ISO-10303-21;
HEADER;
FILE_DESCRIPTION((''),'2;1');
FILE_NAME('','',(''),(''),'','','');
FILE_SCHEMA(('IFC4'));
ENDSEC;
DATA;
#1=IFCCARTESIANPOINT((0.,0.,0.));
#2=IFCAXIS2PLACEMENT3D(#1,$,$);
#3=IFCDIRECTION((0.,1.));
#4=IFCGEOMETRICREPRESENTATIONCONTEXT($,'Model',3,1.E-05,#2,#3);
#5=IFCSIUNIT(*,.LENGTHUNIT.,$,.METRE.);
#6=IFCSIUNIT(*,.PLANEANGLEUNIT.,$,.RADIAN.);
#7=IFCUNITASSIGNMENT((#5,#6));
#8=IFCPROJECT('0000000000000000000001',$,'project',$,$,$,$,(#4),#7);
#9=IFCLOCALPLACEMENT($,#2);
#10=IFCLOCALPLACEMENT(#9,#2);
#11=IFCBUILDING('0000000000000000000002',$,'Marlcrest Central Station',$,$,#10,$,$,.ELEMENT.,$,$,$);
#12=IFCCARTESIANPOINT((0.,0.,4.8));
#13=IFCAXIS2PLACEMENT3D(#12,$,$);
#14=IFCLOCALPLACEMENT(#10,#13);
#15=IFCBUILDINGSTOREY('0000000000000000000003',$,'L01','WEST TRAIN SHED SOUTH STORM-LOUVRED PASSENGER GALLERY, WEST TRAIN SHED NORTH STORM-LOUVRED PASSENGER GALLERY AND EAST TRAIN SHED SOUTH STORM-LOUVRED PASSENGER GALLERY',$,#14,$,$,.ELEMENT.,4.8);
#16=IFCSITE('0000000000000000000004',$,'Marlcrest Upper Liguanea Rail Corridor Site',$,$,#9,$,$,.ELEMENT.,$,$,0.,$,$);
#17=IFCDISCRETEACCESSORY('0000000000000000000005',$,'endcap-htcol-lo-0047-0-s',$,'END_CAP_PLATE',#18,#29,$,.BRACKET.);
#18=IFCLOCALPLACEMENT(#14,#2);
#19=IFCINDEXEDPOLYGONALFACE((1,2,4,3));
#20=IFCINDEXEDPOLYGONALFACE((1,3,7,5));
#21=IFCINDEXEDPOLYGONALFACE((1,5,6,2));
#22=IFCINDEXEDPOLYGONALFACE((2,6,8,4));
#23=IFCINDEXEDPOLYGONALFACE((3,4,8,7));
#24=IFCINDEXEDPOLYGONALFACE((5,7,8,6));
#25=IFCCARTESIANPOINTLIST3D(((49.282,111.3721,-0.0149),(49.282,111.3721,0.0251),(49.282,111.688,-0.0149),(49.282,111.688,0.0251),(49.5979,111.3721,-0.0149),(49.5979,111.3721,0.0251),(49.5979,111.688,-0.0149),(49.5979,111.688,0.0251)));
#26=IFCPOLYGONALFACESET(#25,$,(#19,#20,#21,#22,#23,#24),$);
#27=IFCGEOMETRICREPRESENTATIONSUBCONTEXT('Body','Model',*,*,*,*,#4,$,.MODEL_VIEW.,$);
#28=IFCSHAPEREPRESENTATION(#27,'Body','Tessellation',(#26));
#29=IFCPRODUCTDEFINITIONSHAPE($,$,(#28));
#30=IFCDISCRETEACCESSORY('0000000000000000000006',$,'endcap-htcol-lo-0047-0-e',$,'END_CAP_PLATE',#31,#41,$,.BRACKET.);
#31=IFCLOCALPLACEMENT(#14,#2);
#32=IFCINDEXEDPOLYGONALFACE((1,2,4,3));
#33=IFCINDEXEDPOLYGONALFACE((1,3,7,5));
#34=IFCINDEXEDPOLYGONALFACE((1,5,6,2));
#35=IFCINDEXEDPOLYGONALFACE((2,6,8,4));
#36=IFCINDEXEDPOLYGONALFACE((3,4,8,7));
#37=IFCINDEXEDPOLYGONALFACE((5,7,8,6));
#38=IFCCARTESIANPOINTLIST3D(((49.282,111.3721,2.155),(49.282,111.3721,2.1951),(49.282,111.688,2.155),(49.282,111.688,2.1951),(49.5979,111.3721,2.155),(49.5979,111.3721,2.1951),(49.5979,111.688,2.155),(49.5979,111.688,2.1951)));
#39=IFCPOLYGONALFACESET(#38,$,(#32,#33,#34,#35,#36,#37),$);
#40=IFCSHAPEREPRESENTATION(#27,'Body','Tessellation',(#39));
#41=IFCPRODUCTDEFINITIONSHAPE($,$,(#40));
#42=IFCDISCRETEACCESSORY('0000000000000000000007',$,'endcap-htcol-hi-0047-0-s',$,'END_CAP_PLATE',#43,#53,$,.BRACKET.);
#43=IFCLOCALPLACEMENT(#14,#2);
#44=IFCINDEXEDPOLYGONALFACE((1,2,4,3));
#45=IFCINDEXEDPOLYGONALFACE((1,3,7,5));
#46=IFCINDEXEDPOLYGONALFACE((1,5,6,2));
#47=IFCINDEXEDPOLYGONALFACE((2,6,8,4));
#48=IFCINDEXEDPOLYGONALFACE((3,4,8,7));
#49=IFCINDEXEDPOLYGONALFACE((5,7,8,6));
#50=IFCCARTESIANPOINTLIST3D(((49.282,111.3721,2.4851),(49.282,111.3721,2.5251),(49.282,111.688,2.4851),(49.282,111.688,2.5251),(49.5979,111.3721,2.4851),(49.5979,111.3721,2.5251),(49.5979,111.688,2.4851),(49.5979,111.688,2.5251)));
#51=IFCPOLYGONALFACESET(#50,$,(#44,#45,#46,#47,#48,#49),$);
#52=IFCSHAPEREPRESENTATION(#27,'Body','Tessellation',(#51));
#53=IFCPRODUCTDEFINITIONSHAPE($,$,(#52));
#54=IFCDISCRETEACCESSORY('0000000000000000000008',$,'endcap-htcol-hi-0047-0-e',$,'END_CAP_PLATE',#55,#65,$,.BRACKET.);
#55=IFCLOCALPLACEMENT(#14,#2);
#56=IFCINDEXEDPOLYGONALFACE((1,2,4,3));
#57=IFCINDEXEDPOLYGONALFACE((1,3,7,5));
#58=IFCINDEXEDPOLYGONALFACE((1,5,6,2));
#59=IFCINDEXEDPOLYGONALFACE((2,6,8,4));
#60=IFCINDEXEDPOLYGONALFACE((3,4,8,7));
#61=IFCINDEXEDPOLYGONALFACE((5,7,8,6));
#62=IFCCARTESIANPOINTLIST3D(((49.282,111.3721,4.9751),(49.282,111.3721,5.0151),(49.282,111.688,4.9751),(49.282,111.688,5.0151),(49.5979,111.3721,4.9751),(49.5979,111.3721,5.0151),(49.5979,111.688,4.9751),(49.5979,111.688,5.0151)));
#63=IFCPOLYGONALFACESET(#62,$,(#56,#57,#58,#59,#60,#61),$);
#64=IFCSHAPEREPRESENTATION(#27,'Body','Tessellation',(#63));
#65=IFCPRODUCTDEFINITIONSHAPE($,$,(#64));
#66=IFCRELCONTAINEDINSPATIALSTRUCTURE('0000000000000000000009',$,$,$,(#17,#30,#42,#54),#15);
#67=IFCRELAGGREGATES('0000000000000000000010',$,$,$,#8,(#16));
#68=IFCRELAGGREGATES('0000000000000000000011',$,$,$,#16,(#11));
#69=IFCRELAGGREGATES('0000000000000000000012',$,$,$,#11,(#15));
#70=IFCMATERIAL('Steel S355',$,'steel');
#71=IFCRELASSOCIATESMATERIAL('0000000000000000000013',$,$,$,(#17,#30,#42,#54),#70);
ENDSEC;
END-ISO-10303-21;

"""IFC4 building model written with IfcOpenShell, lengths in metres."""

from ifc_helpers import new_model, si_unit, direction, frame, origin, origin_2d, place, context, subcontext, project, spatial, rectangle, extrude, material, element, save


model = new_model("IFC4")

# Units and contexts
model_context = context("Model", 3, precision=1e-05, world=origin(), true_north=direction((0.0, 1.0)))
body_context = subcontext(model_context, "Body", "Model", "MODEL_VIEW")
ifc_project = project(units=[si_unit("LENGTHUNIT", "METRE"), si_unit("PLANEANGLEUNIT", "RADIAN")], contexts=[model_context])

# Site, building, storey
site_placement = place(None, origin())
site = spatial("IfcSite", under=ifc_project, at=site_placement, Name="Marlcrest Upper Liguanea Rail Corridor Site", CompositionType="ELEMENT", RefElevation=0.0)
building_placement = place(site_placement, origin())
building = spatial("IfcBuilding", under=site, at=building_placement, Name="Marlcrest Central Station", CompositionType="ELEMENT")
storey_placement = place(building_placement, frame((0.0, 0.0, 4.8)))
storey = spatial("IfcBuildingStorey", under=building, at=storey_placement, Name="L01", Description="WEST TRAIN SHED SOUTH STORM-LOUVRED PASSENGER GALLERY, WEST TRAIN SHED NORTH STORM-LOUVRED PASSENGER GALLERY AND EAST TRAIN SHED SOUTH STORM-LOUVRED PASSENGER GALLERY", CompositionType="ELEMENT", Elevation=4.8)

# Shared definitions
ifc_material_1 = material(Name="Steel S355", Category="steel")

# Discrete accessories
for number, where, z_axis, x_axis, name in (
    (1, (49.4399, 111.53, -0.0149), (0.0, 0.0, 1.0), (1.0, 0.0, 0.0), "endcap-htcol-lo-0047-0-s"),
    (2, (49.4399, 111.53, 2.155), (0.0, 0.0, 1.0), (1.0, 0.0, 0.0), "endcap-htcol-lo-0047-0-e"),
    (3, (49.4399, 111.53, 2.4851), (0.0, 0.0, 1.0), (1.0, 0.0, 0.0), "endcap-htcol-hi-0047-0-s"),
    (4, (49.4399, 111.53, 4.9751), (0.0, 0.0, 1.0), (1.0, 0.0, 0.0), "endcap-htcol-hi-0047-0-e"),
):
    element("IfcDiscreteAccessory", number, at=place(storey_placement, frame(where, z_axis=z_axis, x_axis=x_axis)), inside=storey, material=ifc_material_1, Name=name, ObjectType="END_CAP_PLATE", PredefinedType="BRACKET", context=body_context, shape_type="SweptSolid", body=[
        extrude(rectangle(XDim=0.3159, YDim=0.3159, at=origin_2d()), origin(), (0.0, 0.0, 1.0), 0.04),
    ])

save(model, "model.ifc")
